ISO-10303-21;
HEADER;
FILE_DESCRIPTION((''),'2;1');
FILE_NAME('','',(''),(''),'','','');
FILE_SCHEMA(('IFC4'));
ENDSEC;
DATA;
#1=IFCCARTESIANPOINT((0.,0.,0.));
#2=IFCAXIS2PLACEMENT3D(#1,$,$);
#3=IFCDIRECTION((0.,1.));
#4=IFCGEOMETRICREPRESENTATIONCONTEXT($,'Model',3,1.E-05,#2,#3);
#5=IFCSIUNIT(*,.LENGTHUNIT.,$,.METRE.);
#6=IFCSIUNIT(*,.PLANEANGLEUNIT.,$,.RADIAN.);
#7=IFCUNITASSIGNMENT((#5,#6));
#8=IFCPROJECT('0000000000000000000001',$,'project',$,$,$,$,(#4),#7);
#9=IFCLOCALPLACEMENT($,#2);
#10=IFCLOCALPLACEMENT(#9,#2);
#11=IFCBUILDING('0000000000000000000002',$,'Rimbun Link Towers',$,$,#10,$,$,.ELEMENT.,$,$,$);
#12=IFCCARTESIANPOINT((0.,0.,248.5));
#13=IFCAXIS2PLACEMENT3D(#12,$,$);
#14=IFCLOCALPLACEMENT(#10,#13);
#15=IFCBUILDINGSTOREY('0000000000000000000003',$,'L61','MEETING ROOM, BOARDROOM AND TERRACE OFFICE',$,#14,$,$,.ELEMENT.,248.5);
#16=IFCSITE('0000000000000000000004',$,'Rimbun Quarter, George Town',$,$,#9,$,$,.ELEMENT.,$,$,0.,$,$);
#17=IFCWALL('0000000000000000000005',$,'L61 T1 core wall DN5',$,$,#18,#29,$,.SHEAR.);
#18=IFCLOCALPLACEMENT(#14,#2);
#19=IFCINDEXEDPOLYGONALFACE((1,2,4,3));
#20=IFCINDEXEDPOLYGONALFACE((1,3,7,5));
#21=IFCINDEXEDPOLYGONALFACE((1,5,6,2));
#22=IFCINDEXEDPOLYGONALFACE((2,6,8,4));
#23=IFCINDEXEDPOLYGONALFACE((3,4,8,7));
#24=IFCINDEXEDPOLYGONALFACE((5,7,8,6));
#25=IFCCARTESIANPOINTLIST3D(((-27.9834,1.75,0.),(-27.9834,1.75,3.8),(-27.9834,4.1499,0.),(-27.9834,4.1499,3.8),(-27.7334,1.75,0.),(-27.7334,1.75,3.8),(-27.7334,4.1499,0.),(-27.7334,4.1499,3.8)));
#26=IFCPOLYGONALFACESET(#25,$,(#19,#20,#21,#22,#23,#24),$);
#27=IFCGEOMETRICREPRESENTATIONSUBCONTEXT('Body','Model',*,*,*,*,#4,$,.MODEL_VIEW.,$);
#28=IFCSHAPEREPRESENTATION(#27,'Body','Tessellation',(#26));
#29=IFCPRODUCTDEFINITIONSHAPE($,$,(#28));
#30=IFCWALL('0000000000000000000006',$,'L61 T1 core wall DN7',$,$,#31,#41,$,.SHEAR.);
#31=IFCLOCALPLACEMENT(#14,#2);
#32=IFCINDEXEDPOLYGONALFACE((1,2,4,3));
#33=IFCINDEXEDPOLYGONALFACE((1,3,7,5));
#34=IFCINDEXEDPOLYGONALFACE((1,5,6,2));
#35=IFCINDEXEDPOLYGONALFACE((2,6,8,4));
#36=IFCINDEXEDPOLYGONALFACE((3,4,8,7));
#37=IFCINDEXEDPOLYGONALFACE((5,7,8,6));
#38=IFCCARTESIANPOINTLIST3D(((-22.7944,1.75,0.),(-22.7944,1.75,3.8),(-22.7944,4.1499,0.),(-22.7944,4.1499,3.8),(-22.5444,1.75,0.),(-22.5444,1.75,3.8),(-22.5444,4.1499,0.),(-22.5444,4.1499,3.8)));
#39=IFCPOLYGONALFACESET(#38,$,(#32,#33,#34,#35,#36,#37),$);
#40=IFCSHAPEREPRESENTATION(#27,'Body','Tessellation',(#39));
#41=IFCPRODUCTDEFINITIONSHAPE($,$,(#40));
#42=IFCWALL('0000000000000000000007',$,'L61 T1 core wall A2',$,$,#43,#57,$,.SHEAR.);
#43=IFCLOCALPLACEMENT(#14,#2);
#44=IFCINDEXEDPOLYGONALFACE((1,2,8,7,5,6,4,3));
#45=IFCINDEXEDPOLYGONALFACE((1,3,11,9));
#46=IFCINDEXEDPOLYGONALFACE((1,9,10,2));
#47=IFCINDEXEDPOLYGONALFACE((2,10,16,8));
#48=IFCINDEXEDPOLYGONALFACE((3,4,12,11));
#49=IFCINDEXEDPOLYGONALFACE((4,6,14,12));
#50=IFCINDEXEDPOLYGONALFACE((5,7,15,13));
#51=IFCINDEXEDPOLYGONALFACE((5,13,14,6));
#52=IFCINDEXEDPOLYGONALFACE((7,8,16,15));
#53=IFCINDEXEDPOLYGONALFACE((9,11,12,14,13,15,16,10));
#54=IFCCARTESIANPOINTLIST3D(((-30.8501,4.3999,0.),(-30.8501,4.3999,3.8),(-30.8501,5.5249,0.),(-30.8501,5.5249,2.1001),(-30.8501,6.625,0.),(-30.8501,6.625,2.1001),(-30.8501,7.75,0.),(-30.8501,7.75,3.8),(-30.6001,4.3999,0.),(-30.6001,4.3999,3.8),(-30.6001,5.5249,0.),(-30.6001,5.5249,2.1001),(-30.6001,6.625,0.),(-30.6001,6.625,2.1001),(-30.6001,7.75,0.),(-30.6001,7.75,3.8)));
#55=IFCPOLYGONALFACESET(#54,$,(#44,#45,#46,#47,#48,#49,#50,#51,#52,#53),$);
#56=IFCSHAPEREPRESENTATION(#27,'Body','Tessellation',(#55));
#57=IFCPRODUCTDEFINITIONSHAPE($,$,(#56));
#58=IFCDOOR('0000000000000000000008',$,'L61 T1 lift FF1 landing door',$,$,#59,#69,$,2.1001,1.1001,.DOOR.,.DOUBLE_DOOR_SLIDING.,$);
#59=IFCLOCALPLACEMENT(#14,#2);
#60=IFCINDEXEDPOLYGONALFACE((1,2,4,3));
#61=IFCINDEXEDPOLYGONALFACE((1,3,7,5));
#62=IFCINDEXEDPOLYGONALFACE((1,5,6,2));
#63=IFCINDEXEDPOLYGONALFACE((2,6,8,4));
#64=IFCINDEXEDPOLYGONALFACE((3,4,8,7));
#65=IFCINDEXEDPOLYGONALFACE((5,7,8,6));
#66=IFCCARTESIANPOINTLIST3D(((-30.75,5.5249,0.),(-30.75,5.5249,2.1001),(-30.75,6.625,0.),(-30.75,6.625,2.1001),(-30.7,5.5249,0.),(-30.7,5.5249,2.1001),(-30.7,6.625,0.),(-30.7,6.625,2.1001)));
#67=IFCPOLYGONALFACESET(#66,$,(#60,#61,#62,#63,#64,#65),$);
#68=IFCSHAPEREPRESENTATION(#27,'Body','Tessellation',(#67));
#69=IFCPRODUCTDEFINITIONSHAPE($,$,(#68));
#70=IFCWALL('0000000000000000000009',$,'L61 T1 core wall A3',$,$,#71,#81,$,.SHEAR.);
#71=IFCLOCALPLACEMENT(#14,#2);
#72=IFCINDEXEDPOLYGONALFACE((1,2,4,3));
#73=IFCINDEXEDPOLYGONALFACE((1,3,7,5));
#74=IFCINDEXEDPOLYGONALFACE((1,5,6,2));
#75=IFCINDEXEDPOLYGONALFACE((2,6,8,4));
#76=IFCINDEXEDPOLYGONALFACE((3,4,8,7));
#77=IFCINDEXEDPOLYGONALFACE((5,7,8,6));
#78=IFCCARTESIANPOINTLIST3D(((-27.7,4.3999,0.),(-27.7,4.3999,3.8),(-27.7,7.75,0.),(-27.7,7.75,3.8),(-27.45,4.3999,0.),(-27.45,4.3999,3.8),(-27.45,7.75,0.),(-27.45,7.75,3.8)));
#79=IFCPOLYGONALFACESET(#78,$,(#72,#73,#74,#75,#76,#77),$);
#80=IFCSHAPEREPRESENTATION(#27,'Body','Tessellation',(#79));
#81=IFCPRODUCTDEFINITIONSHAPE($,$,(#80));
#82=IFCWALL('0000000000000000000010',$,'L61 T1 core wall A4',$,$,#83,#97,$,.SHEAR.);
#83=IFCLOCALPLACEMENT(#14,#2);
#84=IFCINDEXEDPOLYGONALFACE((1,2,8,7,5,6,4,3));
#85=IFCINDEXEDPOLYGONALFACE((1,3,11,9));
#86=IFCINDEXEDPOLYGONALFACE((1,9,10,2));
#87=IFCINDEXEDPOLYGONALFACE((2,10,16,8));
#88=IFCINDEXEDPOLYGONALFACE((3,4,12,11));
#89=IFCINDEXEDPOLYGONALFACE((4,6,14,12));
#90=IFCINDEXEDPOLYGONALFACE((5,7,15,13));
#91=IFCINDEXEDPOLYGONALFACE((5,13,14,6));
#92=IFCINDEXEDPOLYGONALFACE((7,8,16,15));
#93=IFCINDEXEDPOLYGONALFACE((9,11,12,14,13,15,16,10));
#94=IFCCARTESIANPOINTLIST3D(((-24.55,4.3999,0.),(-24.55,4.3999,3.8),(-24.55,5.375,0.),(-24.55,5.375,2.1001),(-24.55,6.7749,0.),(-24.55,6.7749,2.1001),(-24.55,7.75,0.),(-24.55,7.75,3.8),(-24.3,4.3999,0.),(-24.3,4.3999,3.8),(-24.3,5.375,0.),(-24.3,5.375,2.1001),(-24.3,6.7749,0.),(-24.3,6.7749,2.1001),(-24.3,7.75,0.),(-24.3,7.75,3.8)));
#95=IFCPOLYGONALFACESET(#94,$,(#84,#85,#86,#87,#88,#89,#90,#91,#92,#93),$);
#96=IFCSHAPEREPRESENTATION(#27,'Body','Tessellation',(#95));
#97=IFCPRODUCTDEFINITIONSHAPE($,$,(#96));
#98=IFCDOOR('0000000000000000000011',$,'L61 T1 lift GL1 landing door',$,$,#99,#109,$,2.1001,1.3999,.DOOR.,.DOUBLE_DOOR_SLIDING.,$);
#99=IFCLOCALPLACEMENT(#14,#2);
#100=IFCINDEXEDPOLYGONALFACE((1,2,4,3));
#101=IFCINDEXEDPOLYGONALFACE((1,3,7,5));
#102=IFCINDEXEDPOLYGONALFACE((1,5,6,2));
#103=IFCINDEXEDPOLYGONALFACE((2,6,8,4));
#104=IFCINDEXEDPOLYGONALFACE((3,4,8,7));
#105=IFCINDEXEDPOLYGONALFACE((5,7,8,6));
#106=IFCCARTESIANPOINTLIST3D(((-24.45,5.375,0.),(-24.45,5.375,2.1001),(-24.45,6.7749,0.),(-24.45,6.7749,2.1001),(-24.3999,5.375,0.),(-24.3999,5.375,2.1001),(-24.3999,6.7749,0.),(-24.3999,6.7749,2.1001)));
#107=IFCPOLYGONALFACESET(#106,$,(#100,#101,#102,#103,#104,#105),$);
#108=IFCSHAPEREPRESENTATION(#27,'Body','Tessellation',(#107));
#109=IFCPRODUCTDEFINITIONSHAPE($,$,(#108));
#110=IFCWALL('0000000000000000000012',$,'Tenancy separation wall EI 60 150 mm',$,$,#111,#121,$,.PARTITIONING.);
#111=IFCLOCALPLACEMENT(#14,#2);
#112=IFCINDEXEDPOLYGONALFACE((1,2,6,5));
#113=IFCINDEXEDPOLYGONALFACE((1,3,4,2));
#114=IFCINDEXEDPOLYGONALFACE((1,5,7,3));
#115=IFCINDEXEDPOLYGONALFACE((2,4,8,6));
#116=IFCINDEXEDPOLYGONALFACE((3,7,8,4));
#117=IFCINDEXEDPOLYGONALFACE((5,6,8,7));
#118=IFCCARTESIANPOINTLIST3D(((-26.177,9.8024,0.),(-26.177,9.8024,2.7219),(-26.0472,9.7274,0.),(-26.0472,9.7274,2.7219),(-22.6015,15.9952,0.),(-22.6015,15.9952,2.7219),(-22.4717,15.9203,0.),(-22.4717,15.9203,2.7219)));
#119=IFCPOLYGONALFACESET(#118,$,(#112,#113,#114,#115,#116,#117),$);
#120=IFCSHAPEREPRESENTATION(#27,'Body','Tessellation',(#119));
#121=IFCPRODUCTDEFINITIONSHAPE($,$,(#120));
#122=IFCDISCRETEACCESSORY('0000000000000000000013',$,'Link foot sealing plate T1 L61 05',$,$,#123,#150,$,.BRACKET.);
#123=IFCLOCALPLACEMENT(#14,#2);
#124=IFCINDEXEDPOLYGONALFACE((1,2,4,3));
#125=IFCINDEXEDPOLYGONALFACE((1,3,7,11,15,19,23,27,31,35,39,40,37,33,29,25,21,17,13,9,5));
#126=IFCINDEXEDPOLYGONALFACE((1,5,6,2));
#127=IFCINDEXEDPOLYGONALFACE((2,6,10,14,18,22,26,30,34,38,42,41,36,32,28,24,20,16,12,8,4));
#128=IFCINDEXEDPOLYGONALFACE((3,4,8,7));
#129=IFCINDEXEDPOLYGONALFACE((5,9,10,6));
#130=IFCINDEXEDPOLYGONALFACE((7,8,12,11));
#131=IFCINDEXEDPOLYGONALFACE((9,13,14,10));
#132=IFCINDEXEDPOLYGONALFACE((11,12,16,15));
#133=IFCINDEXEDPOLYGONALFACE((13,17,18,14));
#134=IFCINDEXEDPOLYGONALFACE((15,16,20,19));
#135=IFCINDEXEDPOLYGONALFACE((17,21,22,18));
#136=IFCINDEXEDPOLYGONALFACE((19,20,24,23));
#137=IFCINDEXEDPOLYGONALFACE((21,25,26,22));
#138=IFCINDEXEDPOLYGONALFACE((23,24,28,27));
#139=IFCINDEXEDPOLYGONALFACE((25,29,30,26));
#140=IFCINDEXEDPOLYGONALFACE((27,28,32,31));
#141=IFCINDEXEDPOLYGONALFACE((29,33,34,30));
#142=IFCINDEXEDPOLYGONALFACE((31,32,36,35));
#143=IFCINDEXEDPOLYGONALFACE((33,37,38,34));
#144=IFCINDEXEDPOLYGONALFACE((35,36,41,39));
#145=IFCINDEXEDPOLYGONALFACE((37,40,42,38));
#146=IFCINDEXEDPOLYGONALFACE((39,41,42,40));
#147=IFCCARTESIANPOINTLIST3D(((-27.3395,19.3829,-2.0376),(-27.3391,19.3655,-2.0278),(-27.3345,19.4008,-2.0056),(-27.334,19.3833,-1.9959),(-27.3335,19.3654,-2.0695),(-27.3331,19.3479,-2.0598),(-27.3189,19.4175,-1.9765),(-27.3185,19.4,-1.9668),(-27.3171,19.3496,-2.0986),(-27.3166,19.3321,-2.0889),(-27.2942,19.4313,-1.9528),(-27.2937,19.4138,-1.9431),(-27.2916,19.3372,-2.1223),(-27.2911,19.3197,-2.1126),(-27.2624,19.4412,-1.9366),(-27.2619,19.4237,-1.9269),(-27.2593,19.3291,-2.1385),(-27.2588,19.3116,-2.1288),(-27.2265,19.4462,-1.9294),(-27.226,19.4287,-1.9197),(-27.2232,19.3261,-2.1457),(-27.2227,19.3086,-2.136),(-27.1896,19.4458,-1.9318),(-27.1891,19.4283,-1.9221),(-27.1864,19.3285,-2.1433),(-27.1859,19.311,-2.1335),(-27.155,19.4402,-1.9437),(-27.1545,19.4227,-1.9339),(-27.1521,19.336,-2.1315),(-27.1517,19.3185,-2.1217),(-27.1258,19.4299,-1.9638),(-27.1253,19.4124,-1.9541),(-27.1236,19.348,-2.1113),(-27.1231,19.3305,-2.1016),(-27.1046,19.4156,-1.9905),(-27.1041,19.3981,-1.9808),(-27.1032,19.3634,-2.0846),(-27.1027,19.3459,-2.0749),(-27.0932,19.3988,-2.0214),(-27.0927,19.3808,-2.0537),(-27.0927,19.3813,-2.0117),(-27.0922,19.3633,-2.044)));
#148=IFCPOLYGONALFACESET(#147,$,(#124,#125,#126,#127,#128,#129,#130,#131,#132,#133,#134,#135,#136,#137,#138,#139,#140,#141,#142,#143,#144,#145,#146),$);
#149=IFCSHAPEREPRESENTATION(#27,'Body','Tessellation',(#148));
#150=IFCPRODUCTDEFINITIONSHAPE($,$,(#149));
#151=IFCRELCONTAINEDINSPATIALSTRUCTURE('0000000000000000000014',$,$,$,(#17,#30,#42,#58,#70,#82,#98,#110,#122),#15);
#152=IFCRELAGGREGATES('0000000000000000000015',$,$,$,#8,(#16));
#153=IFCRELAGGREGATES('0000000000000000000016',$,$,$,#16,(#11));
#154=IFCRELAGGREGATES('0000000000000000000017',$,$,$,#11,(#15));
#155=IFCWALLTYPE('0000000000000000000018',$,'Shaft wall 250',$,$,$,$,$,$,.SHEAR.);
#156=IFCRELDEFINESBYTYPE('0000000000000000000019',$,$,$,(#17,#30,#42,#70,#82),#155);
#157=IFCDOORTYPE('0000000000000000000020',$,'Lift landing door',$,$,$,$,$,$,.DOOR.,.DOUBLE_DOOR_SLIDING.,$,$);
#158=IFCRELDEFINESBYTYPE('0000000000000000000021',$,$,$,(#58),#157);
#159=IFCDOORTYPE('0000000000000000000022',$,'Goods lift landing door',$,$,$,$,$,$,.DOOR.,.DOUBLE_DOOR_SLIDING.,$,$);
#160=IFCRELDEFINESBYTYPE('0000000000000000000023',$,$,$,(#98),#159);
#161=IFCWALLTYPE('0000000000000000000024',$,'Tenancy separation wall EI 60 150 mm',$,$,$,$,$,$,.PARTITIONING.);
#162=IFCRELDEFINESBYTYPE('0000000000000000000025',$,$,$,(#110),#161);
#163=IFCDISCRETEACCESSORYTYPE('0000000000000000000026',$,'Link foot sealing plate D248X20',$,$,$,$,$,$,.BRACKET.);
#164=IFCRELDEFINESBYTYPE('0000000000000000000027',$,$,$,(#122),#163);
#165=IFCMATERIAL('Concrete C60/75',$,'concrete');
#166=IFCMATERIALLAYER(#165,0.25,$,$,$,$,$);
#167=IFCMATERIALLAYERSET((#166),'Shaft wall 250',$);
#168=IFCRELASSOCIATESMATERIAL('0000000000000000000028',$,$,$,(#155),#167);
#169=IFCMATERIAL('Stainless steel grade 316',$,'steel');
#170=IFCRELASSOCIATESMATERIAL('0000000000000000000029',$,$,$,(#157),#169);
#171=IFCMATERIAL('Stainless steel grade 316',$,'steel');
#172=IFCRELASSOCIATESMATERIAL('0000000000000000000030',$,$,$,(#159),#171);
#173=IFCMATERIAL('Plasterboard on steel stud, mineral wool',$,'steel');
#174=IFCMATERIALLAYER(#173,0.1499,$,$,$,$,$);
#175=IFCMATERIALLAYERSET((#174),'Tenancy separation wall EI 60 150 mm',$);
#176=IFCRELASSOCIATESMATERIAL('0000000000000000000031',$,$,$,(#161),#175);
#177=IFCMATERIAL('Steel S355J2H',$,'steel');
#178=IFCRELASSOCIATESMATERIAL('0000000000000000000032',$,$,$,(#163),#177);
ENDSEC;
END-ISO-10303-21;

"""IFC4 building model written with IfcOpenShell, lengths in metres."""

from ifc_helpers import new_model, si_unit, direction, frame, frame_2d, origin, origin_2d, place, context, subcontext, project, spatial, rectangle, circle, extrude, material, layer, layer_set, material_profile, profile_set, type_object, element, fill, save


model = new_model("IFC4")

# Units and contexts
model_context = context("Model", 3, precision=1e-05, world=origin(), true_north=direction((0.0, 1.0)))
body_context = subcontext(model_context, "Body", "Model", "MODEL_VIEW")
ifc_project = project(units=[si_unit("LENGTHUNIT", "METRE"), si_unit("PLANEANGLEUNIT", "RADIAN")], contexts=[model_context])

# Site, building, storey
site_placement = place(None, origin())
site = spatial("IfcSite", under=ifc_project, at=site_placement, Name="Rimbun Quarter, George Town", CompositionType="ELEMENT", RefElevation=0.0)
building_placement = place(site_placement, origin())
building = spatial("IfcBuilding", under=site, at=building_placement, Name="Rimbun Link Towers", CompositionType="ELEMENT")
storey_placement = place(building_placement, frame((0.0, 0.0, 248.5)))
storey = spatial("IfcBuildingStorey", under=building, at=storey_placement, Name="L61", Description="MEETING ROOM, BOARDROOM AND TERRACE OFFICE", CompositionType="ELEMENT", Elevation=248.5)

# Walls
ifc_material_1 = material(Name="Concrete C60/75", Category="concrete")
ifc_layer_1 = layer(ifc_material_1, 0.25)
ifc_layer_set_1 = layer_set([ifc_layer_1], Name="Shaft wall 250")
wall_type_1 = type_object("IfcWallType", Name="Shaft wall 250", PredefinedType="SHEAR", material=ifc_layer_set_1)
for number, where, z_axis, x_axis, name in (
    (1, (-27.8584, 1.75, 0.0), (0.0, 0.0, 1.0), (0.0, 1.0, 0.0), "L61 T1 core wall DN5"),
    (2, (-22.6694, 1.75, 0.0), (0.0, 0.0, 1.0), (0.0, 1.0, 0.0), "L61 T1 core wall DN7"),
):
    element("IfcWall", number, at=place(storey_placement, frame(where, z_axis=z_axis, x_axis=x_axis)), inside=storey, type_object=wall_type_1, Name=name, PredefinedType="SHEAR", context=body_context, shape_type="SweptSolid", body=[
        extrude(rectangle(XDim=2.3999, YDim=0.25, at=frame_2d((1.2, 0.0))), origin(), (0.0, 0.0, 1.0), 3.8),
    ])

# Wall, opening, door
wall_1_placement = place(storey_placement, frame((-30.7251, 4.3999, 0.0), z_axis=(0.0, 0.0, 1.0), x_axis=(0.0, 1.0, 0.0)))
wall_1 = element("IfcWall", 3, at=wall_1_placement, inside=storey, type_object=wall_type_1, Name="L61 T1 core wall A2", PredefinedType="SHEAR", context=body_context, shape_type="SweptSolid", body=[
    extrude(rectangle(XDim=3.3501, YDim=0.25, at=frame_2d((1.675, 0.0))), origin(), (0.0, 0.0, 1.0), 3.8),
])
opening_1_placement = place(wall_1_placement, frame((1.125, 0.0, 0.0)))
opening_1 = element("IfcOpeningElement", 4, at=opening_1_placement, cuts=wall_1, PredefinedType="OPENING", context=body_context, shape_type="SweptSolid", body=[
    extrude(rectangle(XDim=1.1001, YDim=2.1001, at=frame_2d((0.55, 1.05))), frame((0.0, 0.135, 0.0), z_axis=(0.0, -1.0, 0.0), x_axis=(1.0, 0.0, 0.0)), (0.0, 0.0, 1.0), 0.27),
])
ifc_material_2 = material(Name="Stainless steel grade 316", Category="steel")
door_type_1 = type_object("IfcDoorType", Name="Lift landing door", OperationType="DOUBLE_DOOR_SLIDING", PredefinedType="DOOR", material=ifc_material_2)
door_1_placement = place(opening_1_placement, origin())
door_1 = element("IfcDoor", 5, at=door_1_placement, inside=storey, type_object=door_type_1, Name="L61 T1 lift FF1 landing door", OperationType="DOUBLE_DOOR_SLIDING", OverallHeight=2.1001, OverallWidth=1.1001, PredefinedType="DOOR", context=body_context, shape_type="SweptSolid", body=[
    extrude(rectangle(XDim=1.1001, YDim=2.1001, at=frame_2d((0.55, 1.05))), frame((0.0, 0.0249, 0.0), z_axis=(0.0, -1.0, 0.0), x_axis=(1.0, 0.0, 0.0)), (0.0, 0.0, 1.0), 0.05),
])
fill(opening_1, door_1)

# Wall
wall_2_placement = place(storey_placement, frame((-27.575, 4.3999, 0.0), z_axis=(0.0, 0.0, 1.0), x_axis=(0.0, 1.0, 0.0)))
element("IfcWall", 6, at=wall_2_placement, inside=storey, type_object=wall_type_1, Name="L61 T1 core wall A3", PredefinedType="SHEAR", context=body_context, shape_type="SweptSolid", body=[
    extrude(rectangle(XDim=3.3501, YDim=0.25, at=frame_2d((1.675, 0.0))), origin(), (0.0, 0.0, 1.0), 3.8),
])

# Wall, opening, door
wall_3_placement = place(storey_placement, frame((-24.425, 4.3999, 0.0), z_axis=(0.0, 0.0, 1.0), x_axis=(0.0, 1.0, 0.0)))
wall_3 = element("IfcWall", 7, at=wall_3_placement, inside=storey, type_object=wall_type_1, Name="L61 T1 core wall A4", PredefinedType="SHEAR", context=body_context, shape_type="SweptSolid", body=[
    extrude(rectangle(XDim=3.3501, YDim=0.25, at=frame_2d((1.675, 0.0))), origin(), (0.0, 0.0, 1.0), 3.8),
])
opening_2_placement = place(wall_3_placement, frame((0.9751, 0.0, 0.0)))
opening_2 = element("IfcOpeningElement", 8, at=opening_2_placement, cuts=wall_3, PredefinedType="OPENING", context=body_context, shape_type="SweptSolid", body=[
    extrude(rectangle(XDim=1.3999, YDim=2.1001, at=frame_2d((0.7, 1.05))), frame((0.0, 0.135, 0.0), z_axis=(0.0, -1.0, 0.0), x_axis=(1.0, 0.0, 0.0)), (0.0, 0.0, 1.0), 0.27),
])
ifc_material_3 = material(Name="Stainless steel grade 316", Category="steel")
door_type_2 = type_object("IfcDoorType", Name="Goods lift landing door", OperationType="DOUBLE_DOOR_SLIDING", PredefinedType="DOOR", material=ifc_material_3)
door_2_placement = place(opening_2_placement, origin())
door_2 = element("IfcDoor", 9, at=door_2_placement, inside=storey, type_object=door_type_2, Name="L61 T1 lift GL1 landing door", OperationType="DOUBLE_DOOR_SLIDING", OverallHeight=2.1001, OverallWidth=1.3999, PredefinedType="DOOR", context=body_context, shape_type="SweptSolid", body=[
    extrude(rectangle(XDim=1.3999, YDim=2.1001, at=frame_2d((0.7, 1.05))), frame((0.0, 0.0249, 0.0), z_axis=(0.0, -1.0, 0.0), x_axis=(1.0, 0.0, 0.0)), (0.0, 0.0, 1.0), 0.05),
])
fill(opening_2, door_2)

# Wall
ifc_material_4 = material(Name="Plasterboard on steel stud, mineral wool", Category="steel")
ifc_layer_2 = layer(ifc_material_4, 0.1499)
ifc_layer_set_2 = layer_set([ifc_layer_2], Name="Tenancy separation wall EI 60 150 mm")
wall_type_2 = type_object("IfcWallType", Name="Tenancy separation wall EI 60 150 mm", PredefinedType="PARTITIONING", material=ifc_layer_set_2)
wall_4_placement = place(storey_placement, frame((-26.1121, 9.7649, 0.0), z_axis=(0.0, 0.0, 1.0), x_axis=(0.499998, 0.866026, 0.0)))
element("IfcWall", 10, at=wall_4_placement, inside=storey, type_object=wall_type_2, Name="Tenancy separation wall EI 60 150 mm", PredefinedType="PARTITIONING", context=body_context, shape_type="SweptSolid", body=[
    extrude(rectangle(XDim=7.1509, YDim=0.1499, at=frame_2d((3.5754, 0.0))), origin(), (0.0, 0.0, 1.0), 2.7219),
])

# Discrete accessory
ifc_material_5 = material(Name="Steel S355J2H", Category="steel")
ifc_material_profile_1 = material_profile(ifc_material_5, circle(Radius=0.124, at=origin_2d()), Name="PL D248")
ifc_profile_set_1 = profile_set([ifc_material_profile_1], Name="Steel S355J2H")
discrete_accessory_type = type_object("IfcDiscreteAccessoryType", Name="Link foot sealing plate D248X20", PredefinedType="BRACKET", material=ifc_profile_set_1)
discrete_accessory_placement = place(storey_placement, frame((-27.2151, 19.3689, -2.0278), z_axis=(-0.024275, 0.8739, -0.4855), x_axis=(-0.999614, -0.027767, 0.0)))
element("IfcDiscreteAccessory", 11, at=discrete_accessory_placement, inside=storey, type_object=discrete_accessory_type, Name="Link foot sealing plate T1 L61 05", PredefinedType="BRACKET", context=body_context, shape_type="SweptSolid", body=[
    extrude(circle(Radius=0.124, at=origin_2d()), origin(), (0.0, 0.0, 1.0), 0.02),
])

save(model, "model.ifc")
